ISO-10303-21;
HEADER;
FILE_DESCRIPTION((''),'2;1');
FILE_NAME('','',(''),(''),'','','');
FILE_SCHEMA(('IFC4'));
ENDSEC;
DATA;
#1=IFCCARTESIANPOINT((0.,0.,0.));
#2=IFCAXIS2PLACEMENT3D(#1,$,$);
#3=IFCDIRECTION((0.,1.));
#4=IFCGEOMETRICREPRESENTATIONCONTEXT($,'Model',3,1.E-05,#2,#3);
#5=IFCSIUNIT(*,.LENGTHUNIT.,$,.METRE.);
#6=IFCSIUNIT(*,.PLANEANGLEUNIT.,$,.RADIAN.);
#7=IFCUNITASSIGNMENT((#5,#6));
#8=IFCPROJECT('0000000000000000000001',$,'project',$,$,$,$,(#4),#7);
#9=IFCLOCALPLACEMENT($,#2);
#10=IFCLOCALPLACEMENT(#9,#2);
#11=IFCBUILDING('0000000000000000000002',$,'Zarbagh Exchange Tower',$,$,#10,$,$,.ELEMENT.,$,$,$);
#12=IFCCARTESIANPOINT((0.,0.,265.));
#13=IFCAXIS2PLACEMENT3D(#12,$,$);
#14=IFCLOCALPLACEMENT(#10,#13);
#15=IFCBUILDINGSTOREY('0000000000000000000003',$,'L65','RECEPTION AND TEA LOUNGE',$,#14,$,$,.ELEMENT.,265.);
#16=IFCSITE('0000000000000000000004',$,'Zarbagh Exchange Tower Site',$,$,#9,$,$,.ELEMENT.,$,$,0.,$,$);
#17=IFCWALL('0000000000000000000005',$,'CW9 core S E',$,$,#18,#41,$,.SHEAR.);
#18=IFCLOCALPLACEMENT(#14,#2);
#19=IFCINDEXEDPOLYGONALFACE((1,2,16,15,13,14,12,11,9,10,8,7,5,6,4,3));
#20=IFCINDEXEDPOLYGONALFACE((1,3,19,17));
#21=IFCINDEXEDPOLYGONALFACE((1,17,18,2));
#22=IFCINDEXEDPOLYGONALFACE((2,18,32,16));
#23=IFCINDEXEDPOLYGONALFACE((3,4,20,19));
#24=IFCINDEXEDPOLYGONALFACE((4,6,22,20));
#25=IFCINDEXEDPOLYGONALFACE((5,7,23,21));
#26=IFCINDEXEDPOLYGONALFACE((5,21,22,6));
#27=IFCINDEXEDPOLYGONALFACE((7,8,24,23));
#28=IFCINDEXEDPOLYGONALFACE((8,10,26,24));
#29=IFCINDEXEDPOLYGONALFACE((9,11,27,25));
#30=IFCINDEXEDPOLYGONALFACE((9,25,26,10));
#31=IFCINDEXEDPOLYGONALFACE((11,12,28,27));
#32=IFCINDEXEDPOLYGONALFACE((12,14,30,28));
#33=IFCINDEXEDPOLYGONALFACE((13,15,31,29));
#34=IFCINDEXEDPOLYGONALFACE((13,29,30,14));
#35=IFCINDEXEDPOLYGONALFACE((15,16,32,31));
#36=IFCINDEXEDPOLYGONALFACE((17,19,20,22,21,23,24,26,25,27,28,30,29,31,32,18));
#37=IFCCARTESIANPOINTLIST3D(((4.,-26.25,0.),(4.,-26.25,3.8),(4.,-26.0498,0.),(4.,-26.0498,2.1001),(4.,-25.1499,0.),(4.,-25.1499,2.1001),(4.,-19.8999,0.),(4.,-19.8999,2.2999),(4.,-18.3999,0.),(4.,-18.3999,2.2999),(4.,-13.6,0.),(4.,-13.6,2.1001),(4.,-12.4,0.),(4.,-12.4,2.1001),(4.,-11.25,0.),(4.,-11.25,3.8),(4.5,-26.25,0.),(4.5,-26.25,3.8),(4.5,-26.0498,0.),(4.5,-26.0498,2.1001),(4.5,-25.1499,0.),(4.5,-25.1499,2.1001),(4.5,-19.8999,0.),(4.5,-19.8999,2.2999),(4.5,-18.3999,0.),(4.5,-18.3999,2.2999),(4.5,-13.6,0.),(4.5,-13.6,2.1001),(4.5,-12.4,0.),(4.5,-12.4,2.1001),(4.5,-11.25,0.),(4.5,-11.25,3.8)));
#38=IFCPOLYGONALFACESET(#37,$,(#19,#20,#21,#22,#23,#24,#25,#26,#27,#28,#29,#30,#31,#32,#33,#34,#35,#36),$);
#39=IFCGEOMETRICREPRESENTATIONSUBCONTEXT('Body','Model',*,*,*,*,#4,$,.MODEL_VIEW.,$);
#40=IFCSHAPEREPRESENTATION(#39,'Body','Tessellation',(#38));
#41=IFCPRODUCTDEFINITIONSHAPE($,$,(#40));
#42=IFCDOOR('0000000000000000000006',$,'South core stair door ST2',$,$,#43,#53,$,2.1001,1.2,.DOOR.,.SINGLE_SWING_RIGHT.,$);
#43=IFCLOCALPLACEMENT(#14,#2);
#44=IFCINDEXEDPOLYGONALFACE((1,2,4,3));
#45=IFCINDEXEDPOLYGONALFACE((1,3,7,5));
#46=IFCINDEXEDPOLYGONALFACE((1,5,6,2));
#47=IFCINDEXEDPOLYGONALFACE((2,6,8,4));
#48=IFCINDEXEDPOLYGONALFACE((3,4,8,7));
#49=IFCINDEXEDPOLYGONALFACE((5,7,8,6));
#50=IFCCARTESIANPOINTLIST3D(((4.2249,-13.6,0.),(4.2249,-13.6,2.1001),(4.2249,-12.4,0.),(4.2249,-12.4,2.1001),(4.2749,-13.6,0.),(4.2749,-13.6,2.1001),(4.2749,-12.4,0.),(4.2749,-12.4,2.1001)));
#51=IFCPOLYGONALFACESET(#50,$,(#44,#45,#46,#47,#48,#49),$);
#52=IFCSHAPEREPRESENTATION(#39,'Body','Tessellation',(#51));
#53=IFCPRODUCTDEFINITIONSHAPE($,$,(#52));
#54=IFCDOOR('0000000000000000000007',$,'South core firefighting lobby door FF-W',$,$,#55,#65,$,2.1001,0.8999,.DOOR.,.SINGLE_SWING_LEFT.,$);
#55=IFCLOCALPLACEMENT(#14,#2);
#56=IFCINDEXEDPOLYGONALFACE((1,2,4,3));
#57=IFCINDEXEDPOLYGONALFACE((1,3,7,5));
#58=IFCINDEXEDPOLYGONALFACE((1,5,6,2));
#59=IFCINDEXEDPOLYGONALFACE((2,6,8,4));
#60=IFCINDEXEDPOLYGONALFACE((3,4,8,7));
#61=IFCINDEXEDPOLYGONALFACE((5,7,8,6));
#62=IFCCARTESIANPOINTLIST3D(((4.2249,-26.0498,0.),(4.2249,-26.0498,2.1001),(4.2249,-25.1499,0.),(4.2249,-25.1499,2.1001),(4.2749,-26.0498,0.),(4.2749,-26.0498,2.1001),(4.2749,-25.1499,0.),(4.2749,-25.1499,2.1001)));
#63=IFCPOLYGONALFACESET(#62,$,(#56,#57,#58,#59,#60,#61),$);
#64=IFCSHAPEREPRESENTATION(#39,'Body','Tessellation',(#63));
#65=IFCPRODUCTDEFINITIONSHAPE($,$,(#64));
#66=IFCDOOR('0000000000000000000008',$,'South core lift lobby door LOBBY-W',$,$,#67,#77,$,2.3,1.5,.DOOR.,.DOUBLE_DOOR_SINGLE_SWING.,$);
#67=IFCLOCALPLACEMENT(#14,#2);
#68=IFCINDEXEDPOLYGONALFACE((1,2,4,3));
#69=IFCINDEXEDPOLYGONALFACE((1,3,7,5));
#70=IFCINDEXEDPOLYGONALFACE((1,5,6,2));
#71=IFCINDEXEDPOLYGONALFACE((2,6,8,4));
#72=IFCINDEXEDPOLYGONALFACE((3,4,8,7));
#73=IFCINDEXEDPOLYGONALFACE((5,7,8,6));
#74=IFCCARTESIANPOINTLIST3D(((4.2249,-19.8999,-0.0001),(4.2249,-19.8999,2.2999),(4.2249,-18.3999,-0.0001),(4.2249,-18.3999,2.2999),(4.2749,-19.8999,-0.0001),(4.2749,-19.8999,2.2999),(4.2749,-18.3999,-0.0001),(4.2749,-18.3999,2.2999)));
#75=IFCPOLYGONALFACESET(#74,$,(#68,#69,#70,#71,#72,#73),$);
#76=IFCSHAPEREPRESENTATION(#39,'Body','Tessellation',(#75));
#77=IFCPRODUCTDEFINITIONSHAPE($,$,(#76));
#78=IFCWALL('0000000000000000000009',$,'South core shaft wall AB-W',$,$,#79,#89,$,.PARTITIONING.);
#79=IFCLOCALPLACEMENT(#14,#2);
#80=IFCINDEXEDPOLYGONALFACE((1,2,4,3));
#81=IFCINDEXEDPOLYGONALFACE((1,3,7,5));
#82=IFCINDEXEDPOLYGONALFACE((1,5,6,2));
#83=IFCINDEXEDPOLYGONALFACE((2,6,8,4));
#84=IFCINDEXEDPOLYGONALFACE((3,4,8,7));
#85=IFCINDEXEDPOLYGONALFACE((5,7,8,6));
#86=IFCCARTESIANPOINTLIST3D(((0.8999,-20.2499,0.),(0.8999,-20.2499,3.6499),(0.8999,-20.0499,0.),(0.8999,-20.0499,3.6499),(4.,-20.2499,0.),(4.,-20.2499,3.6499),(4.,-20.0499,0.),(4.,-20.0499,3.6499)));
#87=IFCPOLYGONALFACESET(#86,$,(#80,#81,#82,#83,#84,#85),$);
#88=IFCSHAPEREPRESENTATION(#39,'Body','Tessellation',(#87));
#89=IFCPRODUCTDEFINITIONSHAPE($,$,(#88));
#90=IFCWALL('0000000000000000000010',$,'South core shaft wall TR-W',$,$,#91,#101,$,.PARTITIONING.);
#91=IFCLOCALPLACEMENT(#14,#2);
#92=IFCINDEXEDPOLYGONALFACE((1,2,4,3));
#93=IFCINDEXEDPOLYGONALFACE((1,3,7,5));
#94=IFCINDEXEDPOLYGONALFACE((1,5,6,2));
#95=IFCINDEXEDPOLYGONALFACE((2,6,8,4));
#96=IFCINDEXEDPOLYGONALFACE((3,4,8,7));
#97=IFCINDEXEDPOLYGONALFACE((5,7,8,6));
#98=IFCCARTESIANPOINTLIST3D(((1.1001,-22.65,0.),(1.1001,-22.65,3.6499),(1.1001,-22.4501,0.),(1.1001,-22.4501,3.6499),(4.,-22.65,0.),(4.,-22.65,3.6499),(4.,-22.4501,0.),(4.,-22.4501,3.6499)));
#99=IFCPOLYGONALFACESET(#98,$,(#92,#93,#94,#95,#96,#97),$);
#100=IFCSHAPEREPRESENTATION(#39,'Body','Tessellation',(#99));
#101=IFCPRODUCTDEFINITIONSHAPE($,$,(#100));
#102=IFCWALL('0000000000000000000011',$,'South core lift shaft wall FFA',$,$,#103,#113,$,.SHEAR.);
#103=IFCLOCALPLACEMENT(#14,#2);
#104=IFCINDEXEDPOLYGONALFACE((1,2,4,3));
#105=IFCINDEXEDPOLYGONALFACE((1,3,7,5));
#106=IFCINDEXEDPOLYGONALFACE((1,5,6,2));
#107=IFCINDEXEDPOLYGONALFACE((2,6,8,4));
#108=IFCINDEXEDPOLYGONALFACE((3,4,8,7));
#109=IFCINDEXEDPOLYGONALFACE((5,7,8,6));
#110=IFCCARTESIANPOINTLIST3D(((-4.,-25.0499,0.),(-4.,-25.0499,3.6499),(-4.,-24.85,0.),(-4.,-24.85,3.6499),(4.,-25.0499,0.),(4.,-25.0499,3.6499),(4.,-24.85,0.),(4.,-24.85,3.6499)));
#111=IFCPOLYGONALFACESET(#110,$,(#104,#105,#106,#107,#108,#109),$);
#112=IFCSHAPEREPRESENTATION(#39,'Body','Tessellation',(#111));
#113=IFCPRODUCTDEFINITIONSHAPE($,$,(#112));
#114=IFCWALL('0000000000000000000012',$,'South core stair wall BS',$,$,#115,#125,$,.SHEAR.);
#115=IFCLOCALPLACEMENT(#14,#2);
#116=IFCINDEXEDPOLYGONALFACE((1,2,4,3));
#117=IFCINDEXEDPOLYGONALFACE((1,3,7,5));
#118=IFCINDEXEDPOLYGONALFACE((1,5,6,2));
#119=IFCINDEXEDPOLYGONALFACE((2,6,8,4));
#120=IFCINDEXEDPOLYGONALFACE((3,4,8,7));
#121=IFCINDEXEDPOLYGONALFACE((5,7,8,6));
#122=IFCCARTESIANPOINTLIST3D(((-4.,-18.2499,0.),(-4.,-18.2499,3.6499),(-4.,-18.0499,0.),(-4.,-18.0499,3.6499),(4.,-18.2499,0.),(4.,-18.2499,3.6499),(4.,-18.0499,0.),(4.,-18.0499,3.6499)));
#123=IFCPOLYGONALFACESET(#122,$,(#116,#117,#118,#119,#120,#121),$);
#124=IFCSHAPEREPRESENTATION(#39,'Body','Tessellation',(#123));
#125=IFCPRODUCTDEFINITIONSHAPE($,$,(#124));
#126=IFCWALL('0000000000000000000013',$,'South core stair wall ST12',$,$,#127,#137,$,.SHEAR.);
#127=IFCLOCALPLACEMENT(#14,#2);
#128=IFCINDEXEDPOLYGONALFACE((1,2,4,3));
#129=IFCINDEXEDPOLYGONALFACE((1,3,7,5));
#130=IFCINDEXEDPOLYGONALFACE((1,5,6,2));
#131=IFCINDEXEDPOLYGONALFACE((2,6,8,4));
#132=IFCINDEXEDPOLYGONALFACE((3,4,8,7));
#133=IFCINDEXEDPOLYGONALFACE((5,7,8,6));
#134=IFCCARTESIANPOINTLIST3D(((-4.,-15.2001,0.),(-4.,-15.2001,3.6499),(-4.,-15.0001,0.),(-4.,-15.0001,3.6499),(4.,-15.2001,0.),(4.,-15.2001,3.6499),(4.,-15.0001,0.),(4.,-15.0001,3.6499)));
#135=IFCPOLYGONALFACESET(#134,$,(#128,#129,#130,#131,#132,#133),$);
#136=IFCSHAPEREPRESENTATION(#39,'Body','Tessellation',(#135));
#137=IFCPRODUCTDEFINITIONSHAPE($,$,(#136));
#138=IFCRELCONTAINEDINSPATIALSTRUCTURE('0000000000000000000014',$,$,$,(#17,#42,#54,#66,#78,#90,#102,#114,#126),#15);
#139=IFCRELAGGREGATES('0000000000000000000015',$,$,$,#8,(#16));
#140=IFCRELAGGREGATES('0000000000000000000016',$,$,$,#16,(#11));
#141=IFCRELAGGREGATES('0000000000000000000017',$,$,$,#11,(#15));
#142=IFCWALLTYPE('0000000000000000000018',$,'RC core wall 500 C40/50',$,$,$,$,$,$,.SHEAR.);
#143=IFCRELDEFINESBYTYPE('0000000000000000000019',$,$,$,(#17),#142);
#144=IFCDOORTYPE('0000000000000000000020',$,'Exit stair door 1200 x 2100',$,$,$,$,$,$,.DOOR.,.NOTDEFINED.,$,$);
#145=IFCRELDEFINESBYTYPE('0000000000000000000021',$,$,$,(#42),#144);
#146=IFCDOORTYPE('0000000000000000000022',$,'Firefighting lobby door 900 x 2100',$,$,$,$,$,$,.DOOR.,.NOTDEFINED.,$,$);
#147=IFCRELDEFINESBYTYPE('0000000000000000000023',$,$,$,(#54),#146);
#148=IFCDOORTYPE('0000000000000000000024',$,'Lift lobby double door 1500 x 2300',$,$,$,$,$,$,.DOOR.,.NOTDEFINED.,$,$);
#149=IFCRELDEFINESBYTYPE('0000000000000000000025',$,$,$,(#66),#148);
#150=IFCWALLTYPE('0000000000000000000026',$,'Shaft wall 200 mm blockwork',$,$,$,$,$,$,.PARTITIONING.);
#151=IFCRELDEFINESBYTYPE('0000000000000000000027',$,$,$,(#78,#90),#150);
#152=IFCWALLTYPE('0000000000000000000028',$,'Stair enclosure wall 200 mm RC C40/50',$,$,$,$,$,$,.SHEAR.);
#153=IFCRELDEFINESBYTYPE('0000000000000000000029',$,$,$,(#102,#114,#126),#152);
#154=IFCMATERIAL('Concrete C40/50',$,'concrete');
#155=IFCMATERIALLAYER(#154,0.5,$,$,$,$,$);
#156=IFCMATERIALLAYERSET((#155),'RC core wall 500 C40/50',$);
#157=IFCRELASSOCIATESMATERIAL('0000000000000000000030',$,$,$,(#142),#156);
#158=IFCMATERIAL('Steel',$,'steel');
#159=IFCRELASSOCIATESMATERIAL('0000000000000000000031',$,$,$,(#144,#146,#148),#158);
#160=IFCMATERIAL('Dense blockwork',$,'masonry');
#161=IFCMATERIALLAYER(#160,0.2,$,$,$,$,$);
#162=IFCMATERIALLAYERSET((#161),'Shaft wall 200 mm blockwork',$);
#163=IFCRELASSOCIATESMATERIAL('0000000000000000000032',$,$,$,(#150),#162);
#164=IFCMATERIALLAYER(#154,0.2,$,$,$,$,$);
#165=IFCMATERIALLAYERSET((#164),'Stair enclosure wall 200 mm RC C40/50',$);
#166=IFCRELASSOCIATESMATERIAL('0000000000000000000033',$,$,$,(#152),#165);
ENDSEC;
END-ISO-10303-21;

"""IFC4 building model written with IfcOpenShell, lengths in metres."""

from ifc_helpers import new_model, si_unit, direction, frame, frame_2d, origin, place, context, subcontext, project, spatial, rectangle, extrude, material, layer, layer_set, type_object, element, fill, save


model = new_model("IFC4")

# Units and contexts
model_context = context("Model", 3, precision=1e-05, world=origin(), true_north=direction((0.0, 1.0)))
body_context = subcontext(model_context, "Body", "Model", "MODEL_VIEW")
ifc_project = project(units=[si_unit("LENGTHUNIT", "METRE"), si_unit("PLANEANGLEUNIT", "RADIAN")], contexts=[model_context])

# Site, building, storey
site_placement = place(None, origin())
site = spatial("IfcSite", under=ifc_project, at=site_placement, Name="Zarbagh Exchange Tower Site", CompositionType="ELEMENT", RefElevation=0.0)
building_placement = place(site_placement, origin())
building = spatial("IfcBuilding", under=site, at=building_placement, Name="Zarbagh Exchange Tower", CompositionType="ELEMENT")
storey_placement = place(building_placement, frame((0.0, 0.0, 265.0)))
storey = spatial("IfcBuildingStorey", under=building, at=storey_placement, Name="L65", Description="RECEPTION AND TEA LOUNGE", CompositionType="ELEMENT", Elevation=265.0)

# Shared definitions
ifc_material_1 = material(Name="Concrete C40/50", Category="concrete")

# Wall, openings, doors
ifc_layer_1 = layer(ifc_material_1, 0.5)
ifc_layer_set_1 = layer_set([ifc_layer_1], Name="RC core wall 500 C40/50")
wall_type_1 = type_object("IfcWallType", Name="RC core wall 500 C40/50", PredefinedType="SHEAR", material=ifc_layer_set_1)
wall_1_placement = place(storey_placement, frame((4.25, -11.25, 0.0), z_axis=(0.0, 0.0, 1.0), x_axis=(0.0, -1.0, 0.0)))
wall_1 = element("IfcWall", 1, at=wall_1_placement, inside=storey, type_object=wall_type_1, Name="CW9 core S E", PredefinedType="SHEAR", context=body_context, shape_type="SweptSolid", body=[
    extrude(rectangle(XDim=15.0, YDim=0.5, at=frame_2d((7.5, 0.0))), origin(), (0.0, 0.0, 1.0), 3.8),
])
opening_1_placement = place(wall_1_placement, frame((7.1499, 0.0, 0.0)))
opening_1 = element("IfcOpeningElement", 2, at=opening_1_placement, cuts=wall_1, PredefinedType="OPENING", context=body_context, shape_type="SweptSolid", body=[
    extrude(rectangle(XDim=1.5, YDim=2.3, at=frame_2d((0.75, 1.1499))), frame((0.0, 0.26, 0.0), z_axis=(0.0, -1.0, 0.0), x_axis=(1.0, 0.0, 0.0)), (0.0, 0.0, 1.0), 0.52),
])
opening_2_placement = place(wall_1_placement, frame((13.8999, 0.0, 0.0)))
opening_2 = element("IfcOpeningElement", 3, at=opening_2_placement, cuts=wall_1, PredefinedType="OPENING", context=body_context, shape_type="SweptSolid", body=[
    extrude(rectangle(XDim=0.8999, YDim=2.1001, at=frame_2d((0.45, 1.05))), frame((0.0, 0.26, 0.0), z_axis=(0.0, -1.0, 0.0), x_axis=(1.0, 0.0, 0.0)), (0.0, 0.0, 1.0), 0.52),
])
opening_3_placement = place(wall_1_placement, frame((1.1499, 0.0, 0.0)))
opening_3 = element("IfcOpeningElement", 4, at=opening_3_placement, cuts=wall_1, PredefinedType="OPENING", context=body_context, shape_type="SweptSolid", body=[
    extrude(rectangle(XDim=1.2, YDim=2.1001, at=frame_2d((0.6001, 1.05))), frame((0.0, 0.26, 0.0), z_axis=(0.0, -1.0, 0.0), x_axis=(1.0, 0.0, 0.0)), (0.0, 0.0, 1.0), 0.52),
])
ifc_material_2 = material(Name="Steel", Category="steel")
door_type_1 = type_object("IfcDoorType", Name="Exit stair door 1200 x 2100", OperationType="NOTDEFINED", PredefinedType="DOOR", material=ifc_material_2)
door_1_placement = place(opening_3_placement, origin())
door_1 = element("IfcDoor", 5, at=door_1_placement, inside=storey, type_object=door_type_1, Name="South core stair door ST2", OperationType="SINGLE_SWING_RIGHT", OverallHeight=2.1001, OverallWidth=1.2, PredefinedType="DOOR", context=body_context, shape_type="SweptSolid", body=[
    extrude(rectangle(XDim=1.2, YDim=2.1001, at=frame_2d((0.6001, 1.05))), frame((0.0, 0.0249, 0.0), z_axis=(0.0, -1.0, 0.0), x_axis=(1.0, 0.0, 0.0)), (0.0, 0.0, 1.0), 0.05),
])
fill(opening_3, door_1)
door_type_2 = type_object("IfcDoorType", Name="Firefighting lobby door 900 x 2100", OperationType="NOTDEFINED", PredefinedType="DOOR", material=ifc_material_2)
door_2_placement = place(opening_2_placement, origin())
door_2 = element("IfcDoor", 6, at=door_2_placement, inside=storey, type_object=door_type_2, Name="South core firefighting lobby door FF-W", OperationType="SINGLE_SWING_LEFT", OverallHeight=2.1001, OverallWidth=0.8999, PredefinedType="DOOR", context=body_context, shape_type="SweptSolid", body=[
    extrude(rectangle(XDim=0.8999, YDim=2.1001, at=frame_2d((0.45, 1.05))), frame((0.0, 0.0249, 0.0), z_axis=(0.0, -1.0, 0.0), x_axis=(1.0, 0.0, 0.0)), (0.0, 0.0, 1.0), 0.05),
])
fill(opening_2, door_2)
door_type_3 = type_object("IfcDoorType", Name="Lift lobby double door 1500 x 2300", OperationType="NOTDEFINED", PredefinedType="DOOR", material=ifc_material_2)
door_3_placement = place(opening_1_placement, origin())
door_3 = element("IfcDoor", 7, at=door_3_placement, inside=storey, type_object=door_type_3, Name="South core lift lobby door LOBBY-W", OperationType="DOUBLE_DOOR_SINGLE_SWING", OverallHeight=2.3, OverallWidth=1.5, PredefinedType="DOOR", context=body_context, shape_type="SweptSolid", body=[
    extrude(rectangle(XDim=1.5, YDim=2.3, at=frame_2d((0.75, 1.1499))), frame((0.0, 0.0249, 0.0), z_axis=(0.0, -1.0, 0.0), x_axis=(1.0, 0.0, 0.0)), (0.0, 0.0, 1.0), 0.05),
])
fill(opening_1, door_3)

# Walls
ifc_material_3 = material(Name="Dense blockwork", Category="masonry")
ifc_layer_2 = layer(ifc_material_3, 0.2)
ifc_layer_set_2 = layer_set([ifc_layer_2], Name="Shaft wall 200 mm blockwork")
wall_type_2 = type_object("IfcWallType", Name="Shaft wall 200 mm blockwork", PredefinedType="PARTITIONING", material=ifc_layer_set_2)
wall_2_placement = place(storey_placement, frame((4.0, -20.1499, 0.0), z_axis=(0.0, 0.0, 1.0), x_axis=(-1.0, 0.0, 0.0)))
element("IfcWall", 8, at=wall_2_placement, inside=storey, type_object=wall_type_2, Name="South core shaft wall AB-W", PredefinedType="PARTITIONING", context=body_context, shape_type="SweptSolid", body=[
    extrude(rectangle(XDim=3.1001, YDim=0.2, at=frame_2d((1.55, 0.0))), origin(), (0.0, 0.0, 1.0), 3.6499),
])
wall_3_placement = place(storey_placement, frame((4.0, -22.55, 0.0), z_axis=(0.0, 0.0, 1.0), x_axis=(-1.0, 0.0, 0.0)))
element("IfcWall", 9, at=wall_3_placement, inside=storey, type_object=wall_type_2, Name="South core shaft wall TR-W", PredefinedType="PARTITIONING", context=body_context, shape_type="SweptSolid", body=[
    extrude(rectangle(XDim=2.8999, YDim=0.2, at=frame_2d((1.45, 0.0))), origin(), (0.0, 0.0, 1.0), 3.6499),
])
ifc_layer_3 = layer(ifc_material_1, 0.2)
ifc_layer_set_3 = layer_set([ifc_layer_3], Name="Stair enclosure wall 200 mm RC C40/50")
wall_type_3 = type_object("IfcWallType", Name="Stair enclosure wall 200 mm RC C40/50", PredefinedType="SHEAR", material=ifc_layer_set_3)
for number, where, z_axis, x_axis, name in (
    (10, (4.0, -24.95, 0.0), (0.0, 0.0, 1.0), (-1.0, 0.0, 0.0), "South core lift shaft wall FFA"),
    (11, (4.0, -18.1499, 0.0), (0.0, 0.0, 1.0), (-1.0, 0.0, 0.0), "South core stair wall BS"),
    (12, (4.0, -15.1001, 0.0), (0.0, 0.0, 1.0), (-1.0, 0.0, 0.0), "South core stair wall ST12"),
):
    element("IfcWall", number, at=place(storey_placement, frame(where, z_axis=z_axis, x_axis=x_axis)), inside=storey, type_object=wall_type_3, Name=name, PredefinedType="SHEAR", context=body_context, shape_type="SweptSolid", body=[
        extrude(rectangle(XDim=8.0, YDim=0.2, at=frame_2d((4.0, 0.0))), origin(), (0.0, 0.0, 1.0), 3.6499),
    ])

save(model, "model.ifc")
